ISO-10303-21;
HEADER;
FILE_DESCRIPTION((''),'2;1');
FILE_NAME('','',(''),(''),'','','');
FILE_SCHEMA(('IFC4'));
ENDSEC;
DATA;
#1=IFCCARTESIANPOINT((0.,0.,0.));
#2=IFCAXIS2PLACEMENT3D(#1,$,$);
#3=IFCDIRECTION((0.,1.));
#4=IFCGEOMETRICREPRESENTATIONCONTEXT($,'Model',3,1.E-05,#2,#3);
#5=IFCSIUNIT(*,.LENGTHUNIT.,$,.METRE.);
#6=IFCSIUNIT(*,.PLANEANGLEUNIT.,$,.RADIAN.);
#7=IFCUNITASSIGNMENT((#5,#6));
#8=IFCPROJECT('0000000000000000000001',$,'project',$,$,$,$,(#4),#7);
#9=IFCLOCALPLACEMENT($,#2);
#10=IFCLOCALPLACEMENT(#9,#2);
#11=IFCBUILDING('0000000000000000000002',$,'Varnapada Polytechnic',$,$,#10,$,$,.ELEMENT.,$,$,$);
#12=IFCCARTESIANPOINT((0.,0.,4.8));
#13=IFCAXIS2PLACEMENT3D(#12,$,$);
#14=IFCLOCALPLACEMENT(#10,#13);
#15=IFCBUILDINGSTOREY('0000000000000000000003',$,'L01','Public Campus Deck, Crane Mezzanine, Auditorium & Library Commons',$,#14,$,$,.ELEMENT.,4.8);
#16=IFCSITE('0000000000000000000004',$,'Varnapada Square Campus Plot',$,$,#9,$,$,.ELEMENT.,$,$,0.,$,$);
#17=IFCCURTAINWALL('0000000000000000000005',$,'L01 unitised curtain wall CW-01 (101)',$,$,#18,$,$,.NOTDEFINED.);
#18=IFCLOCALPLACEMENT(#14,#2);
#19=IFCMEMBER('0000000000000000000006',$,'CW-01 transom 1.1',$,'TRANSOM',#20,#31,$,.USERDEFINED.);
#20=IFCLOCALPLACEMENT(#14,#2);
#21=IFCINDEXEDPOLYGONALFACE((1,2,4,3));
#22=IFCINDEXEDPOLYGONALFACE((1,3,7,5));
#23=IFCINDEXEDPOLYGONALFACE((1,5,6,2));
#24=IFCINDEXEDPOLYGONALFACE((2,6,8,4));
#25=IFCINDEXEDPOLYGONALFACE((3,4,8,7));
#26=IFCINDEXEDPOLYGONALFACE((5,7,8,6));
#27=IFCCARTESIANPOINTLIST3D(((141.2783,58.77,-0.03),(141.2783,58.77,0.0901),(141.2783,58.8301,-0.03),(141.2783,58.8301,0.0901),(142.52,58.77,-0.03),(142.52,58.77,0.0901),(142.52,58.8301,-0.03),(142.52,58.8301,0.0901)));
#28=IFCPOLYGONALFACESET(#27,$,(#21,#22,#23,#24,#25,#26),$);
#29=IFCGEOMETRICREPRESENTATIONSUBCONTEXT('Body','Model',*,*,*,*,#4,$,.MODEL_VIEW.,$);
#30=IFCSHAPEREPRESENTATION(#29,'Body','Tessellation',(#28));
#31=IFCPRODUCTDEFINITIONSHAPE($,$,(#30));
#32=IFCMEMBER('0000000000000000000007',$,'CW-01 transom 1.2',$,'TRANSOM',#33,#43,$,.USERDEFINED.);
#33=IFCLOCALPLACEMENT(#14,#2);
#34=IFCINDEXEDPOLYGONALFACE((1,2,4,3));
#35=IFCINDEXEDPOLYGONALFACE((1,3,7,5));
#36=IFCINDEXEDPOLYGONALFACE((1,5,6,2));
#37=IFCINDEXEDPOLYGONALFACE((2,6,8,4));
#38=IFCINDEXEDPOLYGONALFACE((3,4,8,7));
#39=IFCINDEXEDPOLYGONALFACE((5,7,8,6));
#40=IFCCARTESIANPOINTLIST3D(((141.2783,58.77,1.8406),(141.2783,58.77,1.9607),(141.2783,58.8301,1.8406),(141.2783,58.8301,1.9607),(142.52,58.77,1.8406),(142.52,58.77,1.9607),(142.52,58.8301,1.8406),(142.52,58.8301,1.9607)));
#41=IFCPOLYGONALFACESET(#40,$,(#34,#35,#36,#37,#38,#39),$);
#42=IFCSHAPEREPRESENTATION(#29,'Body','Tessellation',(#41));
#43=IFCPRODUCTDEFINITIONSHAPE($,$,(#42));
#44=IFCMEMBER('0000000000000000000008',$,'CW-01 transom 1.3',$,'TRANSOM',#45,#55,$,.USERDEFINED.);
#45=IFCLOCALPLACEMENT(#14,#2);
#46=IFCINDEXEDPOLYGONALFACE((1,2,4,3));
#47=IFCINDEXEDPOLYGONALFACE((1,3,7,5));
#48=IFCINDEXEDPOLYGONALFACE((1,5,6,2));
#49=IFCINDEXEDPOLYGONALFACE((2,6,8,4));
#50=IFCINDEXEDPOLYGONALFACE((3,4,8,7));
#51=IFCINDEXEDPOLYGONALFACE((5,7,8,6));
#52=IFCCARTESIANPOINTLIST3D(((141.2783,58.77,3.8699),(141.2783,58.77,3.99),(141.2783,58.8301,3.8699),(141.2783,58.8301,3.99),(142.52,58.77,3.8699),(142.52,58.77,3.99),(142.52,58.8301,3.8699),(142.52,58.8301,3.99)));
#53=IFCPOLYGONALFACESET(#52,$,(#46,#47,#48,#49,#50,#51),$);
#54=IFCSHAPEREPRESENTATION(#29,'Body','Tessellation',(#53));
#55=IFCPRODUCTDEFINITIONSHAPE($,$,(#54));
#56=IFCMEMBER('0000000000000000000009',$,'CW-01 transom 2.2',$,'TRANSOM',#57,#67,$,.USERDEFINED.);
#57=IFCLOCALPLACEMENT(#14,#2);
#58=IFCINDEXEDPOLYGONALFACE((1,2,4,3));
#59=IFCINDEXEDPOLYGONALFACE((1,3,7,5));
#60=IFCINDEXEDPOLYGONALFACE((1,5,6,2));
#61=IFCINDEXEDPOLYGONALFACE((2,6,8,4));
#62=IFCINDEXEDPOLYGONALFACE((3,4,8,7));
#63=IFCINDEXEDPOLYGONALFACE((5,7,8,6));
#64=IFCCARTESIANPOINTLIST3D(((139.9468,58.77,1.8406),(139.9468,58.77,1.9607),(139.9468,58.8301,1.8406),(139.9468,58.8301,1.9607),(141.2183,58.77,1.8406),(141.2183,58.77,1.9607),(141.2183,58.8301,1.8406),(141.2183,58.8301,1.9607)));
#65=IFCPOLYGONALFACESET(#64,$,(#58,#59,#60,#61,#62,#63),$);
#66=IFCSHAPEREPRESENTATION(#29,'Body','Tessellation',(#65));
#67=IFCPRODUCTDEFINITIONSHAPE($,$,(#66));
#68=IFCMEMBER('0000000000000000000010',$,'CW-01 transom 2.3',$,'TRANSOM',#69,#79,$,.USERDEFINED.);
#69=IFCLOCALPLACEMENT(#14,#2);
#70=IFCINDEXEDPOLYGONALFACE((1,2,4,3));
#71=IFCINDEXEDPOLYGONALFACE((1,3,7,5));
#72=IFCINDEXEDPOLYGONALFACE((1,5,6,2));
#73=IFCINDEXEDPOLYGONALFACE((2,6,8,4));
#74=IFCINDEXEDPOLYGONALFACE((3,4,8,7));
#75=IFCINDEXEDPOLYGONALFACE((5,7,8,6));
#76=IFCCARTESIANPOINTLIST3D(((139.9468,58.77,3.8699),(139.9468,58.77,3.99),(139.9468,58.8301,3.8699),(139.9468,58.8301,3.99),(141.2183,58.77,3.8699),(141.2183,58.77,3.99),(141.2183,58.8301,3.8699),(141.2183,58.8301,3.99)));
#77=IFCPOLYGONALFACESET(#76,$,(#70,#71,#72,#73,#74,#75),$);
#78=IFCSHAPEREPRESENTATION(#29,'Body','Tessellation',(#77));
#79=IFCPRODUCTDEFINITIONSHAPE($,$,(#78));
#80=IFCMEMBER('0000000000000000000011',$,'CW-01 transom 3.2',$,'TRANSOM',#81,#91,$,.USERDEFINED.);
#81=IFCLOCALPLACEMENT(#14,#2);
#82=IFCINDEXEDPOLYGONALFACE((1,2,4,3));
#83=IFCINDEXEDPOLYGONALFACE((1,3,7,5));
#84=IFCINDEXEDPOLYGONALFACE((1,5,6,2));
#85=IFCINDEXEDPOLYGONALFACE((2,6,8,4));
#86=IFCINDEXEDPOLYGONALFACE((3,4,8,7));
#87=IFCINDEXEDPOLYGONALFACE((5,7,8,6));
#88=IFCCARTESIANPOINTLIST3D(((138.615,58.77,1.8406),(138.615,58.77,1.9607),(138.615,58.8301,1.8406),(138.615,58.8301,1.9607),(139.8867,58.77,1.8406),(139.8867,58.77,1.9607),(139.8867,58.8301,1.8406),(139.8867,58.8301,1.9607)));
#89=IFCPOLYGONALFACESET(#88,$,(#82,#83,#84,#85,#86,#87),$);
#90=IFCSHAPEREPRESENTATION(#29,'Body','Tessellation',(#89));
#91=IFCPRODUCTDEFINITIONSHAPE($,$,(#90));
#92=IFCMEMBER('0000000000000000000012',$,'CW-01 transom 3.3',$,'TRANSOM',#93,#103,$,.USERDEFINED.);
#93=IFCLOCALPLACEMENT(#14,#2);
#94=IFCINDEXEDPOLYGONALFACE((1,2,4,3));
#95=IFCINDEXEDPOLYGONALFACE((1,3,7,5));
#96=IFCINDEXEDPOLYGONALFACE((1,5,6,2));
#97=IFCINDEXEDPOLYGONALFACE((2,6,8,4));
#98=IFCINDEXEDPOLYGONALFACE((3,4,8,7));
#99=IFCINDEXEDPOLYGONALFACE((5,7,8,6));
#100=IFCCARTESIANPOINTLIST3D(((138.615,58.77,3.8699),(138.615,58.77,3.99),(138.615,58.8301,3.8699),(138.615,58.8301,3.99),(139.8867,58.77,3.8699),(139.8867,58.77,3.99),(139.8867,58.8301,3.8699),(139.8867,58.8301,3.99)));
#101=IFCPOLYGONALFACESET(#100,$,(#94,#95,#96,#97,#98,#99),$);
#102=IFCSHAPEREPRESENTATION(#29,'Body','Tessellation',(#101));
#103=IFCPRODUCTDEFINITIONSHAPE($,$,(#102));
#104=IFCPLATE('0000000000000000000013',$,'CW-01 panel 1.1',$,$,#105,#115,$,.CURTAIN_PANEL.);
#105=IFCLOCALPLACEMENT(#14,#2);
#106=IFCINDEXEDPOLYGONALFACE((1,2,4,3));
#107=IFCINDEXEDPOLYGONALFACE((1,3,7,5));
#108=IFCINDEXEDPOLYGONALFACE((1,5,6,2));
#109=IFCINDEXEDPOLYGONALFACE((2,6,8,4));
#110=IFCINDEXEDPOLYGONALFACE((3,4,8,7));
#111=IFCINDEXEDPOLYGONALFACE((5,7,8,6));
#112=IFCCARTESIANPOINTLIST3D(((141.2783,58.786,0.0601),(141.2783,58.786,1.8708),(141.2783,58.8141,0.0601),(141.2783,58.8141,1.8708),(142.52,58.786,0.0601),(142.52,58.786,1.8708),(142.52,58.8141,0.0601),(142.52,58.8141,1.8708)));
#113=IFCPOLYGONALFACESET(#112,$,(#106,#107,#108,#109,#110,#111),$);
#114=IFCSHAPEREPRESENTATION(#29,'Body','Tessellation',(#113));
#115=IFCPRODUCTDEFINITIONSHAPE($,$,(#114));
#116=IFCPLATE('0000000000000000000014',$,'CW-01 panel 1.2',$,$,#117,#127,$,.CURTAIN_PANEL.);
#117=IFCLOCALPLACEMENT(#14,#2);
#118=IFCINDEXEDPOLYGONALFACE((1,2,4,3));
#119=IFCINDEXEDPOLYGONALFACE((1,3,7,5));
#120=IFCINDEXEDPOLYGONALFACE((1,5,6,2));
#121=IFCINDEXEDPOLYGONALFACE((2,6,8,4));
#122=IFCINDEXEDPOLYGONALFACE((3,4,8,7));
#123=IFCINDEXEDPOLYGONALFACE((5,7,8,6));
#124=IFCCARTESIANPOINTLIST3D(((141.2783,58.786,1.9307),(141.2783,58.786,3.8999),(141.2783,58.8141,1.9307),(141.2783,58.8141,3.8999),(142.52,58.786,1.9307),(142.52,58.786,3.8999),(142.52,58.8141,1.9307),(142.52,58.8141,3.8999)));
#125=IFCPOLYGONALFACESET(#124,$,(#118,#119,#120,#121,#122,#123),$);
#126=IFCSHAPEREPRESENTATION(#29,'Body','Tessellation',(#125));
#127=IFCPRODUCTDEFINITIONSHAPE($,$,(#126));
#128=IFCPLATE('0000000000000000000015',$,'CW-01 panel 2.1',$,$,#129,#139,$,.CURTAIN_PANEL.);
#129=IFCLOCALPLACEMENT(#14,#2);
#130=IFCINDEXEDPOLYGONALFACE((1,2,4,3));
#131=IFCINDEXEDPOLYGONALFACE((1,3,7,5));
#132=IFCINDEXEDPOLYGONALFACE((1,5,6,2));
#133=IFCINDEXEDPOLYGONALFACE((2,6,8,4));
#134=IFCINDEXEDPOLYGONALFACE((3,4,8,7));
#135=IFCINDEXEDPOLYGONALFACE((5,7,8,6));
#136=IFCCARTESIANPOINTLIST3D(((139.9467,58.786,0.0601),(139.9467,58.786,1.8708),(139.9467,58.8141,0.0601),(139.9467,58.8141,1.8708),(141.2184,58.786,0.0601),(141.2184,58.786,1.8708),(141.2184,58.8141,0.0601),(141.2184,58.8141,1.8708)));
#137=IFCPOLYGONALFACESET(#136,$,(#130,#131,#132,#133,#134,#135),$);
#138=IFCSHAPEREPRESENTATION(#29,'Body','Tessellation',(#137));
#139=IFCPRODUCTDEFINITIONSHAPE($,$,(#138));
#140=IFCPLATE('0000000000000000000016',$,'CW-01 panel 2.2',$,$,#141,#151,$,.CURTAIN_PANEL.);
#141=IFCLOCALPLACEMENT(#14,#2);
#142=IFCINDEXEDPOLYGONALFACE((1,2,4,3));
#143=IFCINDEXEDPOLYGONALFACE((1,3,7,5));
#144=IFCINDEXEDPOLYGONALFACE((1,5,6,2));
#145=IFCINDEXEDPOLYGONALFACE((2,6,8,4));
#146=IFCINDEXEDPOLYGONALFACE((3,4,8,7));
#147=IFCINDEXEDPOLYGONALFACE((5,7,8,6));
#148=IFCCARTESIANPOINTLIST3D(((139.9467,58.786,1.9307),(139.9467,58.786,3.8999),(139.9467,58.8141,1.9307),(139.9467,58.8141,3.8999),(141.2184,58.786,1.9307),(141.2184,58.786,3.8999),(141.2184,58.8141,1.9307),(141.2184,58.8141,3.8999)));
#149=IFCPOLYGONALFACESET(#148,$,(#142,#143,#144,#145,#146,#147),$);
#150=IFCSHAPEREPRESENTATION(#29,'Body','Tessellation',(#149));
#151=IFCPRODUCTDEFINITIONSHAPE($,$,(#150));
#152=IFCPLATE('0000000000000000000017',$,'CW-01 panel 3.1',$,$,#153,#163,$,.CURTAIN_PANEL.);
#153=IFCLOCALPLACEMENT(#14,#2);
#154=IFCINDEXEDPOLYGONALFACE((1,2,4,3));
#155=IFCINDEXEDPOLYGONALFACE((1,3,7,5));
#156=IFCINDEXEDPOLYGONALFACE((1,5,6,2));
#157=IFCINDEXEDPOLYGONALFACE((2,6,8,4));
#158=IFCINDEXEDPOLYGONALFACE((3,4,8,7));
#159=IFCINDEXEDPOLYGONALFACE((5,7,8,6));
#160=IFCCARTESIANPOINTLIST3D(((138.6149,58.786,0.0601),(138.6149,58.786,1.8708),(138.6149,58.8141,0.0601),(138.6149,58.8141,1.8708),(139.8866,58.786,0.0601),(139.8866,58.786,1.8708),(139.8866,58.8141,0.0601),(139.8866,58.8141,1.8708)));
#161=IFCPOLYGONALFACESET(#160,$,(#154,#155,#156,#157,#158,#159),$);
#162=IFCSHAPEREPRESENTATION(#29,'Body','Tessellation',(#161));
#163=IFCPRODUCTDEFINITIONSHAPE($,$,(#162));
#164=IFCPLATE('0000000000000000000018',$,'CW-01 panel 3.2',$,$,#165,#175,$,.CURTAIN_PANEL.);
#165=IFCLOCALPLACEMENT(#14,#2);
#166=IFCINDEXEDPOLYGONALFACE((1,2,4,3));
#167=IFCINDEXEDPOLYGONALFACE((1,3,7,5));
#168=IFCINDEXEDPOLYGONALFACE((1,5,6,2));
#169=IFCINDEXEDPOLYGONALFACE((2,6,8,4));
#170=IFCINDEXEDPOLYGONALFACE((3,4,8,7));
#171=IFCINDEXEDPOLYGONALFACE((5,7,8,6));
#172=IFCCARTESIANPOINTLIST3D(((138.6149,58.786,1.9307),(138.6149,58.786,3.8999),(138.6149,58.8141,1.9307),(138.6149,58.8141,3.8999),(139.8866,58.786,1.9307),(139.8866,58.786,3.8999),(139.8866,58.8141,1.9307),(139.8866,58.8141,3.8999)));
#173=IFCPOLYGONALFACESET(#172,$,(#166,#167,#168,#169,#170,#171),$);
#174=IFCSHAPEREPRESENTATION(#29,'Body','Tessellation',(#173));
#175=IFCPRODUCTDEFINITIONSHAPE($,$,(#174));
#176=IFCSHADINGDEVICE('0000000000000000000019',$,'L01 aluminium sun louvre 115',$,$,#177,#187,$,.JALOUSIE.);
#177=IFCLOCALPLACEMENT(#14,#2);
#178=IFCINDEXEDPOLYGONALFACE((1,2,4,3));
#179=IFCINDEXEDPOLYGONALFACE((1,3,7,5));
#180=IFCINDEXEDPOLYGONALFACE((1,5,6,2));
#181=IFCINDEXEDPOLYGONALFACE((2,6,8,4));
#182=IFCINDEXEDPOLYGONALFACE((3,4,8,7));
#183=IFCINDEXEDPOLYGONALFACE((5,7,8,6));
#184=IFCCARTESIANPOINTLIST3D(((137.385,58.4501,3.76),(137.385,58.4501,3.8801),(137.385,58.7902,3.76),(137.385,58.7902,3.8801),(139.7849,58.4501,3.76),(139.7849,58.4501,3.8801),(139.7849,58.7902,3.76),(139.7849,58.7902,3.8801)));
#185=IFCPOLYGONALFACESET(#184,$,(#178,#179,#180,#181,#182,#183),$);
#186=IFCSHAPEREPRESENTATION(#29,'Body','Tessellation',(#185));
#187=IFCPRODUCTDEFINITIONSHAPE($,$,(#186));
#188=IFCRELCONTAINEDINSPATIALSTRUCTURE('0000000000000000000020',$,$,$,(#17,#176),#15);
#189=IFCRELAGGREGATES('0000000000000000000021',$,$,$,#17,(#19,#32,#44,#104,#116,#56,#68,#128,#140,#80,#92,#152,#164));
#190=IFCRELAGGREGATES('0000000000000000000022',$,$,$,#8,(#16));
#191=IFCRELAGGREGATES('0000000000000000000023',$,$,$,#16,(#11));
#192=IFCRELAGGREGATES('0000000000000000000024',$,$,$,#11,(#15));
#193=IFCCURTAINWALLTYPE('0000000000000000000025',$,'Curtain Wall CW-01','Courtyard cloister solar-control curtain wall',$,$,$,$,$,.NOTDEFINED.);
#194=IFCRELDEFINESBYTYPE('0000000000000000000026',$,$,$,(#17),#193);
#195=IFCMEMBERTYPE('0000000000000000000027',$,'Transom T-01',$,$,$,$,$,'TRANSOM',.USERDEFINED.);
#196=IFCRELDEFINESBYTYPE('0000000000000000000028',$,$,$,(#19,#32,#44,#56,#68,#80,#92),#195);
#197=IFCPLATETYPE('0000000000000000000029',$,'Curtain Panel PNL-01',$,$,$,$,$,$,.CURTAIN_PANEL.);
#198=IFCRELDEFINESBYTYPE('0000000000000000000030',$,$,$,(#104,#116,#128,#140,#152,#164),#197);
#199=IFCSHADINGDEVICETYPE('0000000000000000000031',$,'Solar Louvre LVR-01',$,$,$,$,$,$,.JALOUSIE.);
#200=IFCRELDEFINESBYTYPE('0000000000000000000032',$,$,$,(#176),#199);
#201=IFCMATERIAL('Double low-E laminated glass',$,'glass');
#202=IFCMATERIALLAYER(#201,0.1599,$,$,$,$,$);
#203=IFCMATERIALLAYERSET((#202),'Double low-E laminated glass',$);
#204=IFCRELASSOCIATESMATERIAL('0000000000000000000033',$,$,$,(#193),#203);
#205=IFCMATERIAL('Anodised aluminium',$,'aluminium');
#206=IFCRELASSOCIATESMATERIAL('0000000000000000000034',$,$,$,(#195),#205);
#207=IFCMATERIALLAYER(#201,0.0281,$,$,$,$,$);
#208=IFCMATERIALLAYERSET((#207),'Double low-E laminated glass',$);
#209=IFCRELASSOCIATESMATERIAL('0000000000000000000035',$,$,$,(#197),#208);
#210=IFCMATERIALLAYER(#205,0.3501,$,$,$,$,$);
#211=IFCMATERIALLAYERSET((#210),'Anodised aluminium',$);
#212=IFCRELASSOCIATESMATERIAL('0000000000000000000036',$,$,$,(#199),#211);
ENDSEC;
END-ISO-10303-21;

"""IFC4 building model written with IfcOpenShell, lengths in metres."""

from ifc_helpers import new_model, si_unit, direction, frame, origin, origin_2d, place, context, subcontext, project, spatial, rectangle, extrude, material, layer, layer_set, material_profile, profile_set, type_object, element, aggregate, save


model = new_model("IFC4")

# Units and contexts
model_context = context("Model", 3, precision=1e-05, world=origin(), true_north=direction((0.0, 1.0)))
body_context = subcontext(model_context, "Body", "Model", "MODEL_VIEW")
ifc_project = project(units=[si_unit("LENGTHUNIT", "METRE"), si_unit("PLANEANGLEUNIT", "RADIAN")], contexts=[model_context])

# Site, building, storey
site_placement = place(None, origin())
site = spatial("IfcSite", under=ifc_project, at=site_placement, Name="Varnapada Square Campus Plot", CompositionType="ELEMENT", RefElevation=0.0)
building_placement = place(site_placement, origin())
building = spatial("IfcBuilding", under=site, at=building_placement, Name="Varnapada Polytechnic", CompositionType="ELEMENT")
storey_placement = place(building_placement, frame((0.0, 0.0, 4.8)))
storey = spatial("IfcBuildingStorey", under=building, at=storey_placement, Name="L01", Description="Public Campus Deck, Crane Mezzanine, Auditorium & Library Commons", CompositionType="ELEMENT", Elevation=4.8)

# Curtain wall, members, plates
ifc_material_1 = material(Name="Double low-E laminated glass", Category="glass")
ifc_layer_1 = layer(ifc_material_1, 0.1599)
ifc_layer_set_1 = layer_set([ifc_layer_1], Name="Double low-E laminated glass")
curtain_wall_type = type_object("IfcCurtainWallType", Name="Curtain Wall CW-01", Description="Courtyard cloister solar-control curtain wall", PredefinedType="NOTDEFINED", material=ifc_layer_set_1)
curtain_wall_placement = place(storey_placement, origin())
curtain_wall = element("IfcCurtainWall", 1, at=curtain_wall_placement, inside=storey, type_object=curtain_wall_type, Name="L01 unitised curtain wall CW-01 (101)", PredefinedType="NOTDEFINED")
ifc_material_2 = material(Name="Anodised aluminium", Category="aluminium")
ifc_material_profile = material_profile(ifc_material_2, rectangle(XDim=0.0601, YDim=0.1201, at=origin_2d()), Name="ALU T60x120")
ifc_profile_set = profile_set([ifc_material_profile], Name="Anodised aluminium")
member_type = type_object("IfcMemberType", Name="Transom T-01", ElementType="TRANSOM", PredefinedType="USERDEFINED", material=ifc_profile_set)
member_1_placement = place(storey_placement, frame((142.52, 58.8, 0.03), z_axis=(-1.0, 0.0, 0.0), x_axis=(0.0, -1.0, 0.0)))
member_1 = element("IfcMember", 2, at=member_1_placement, type_object=member_type, Name="CW-01 transom 1.1", ObjectType="TRANSOM", PredefinedType="USERDEFINED", context=body_context, shape_type="SweptSolid", body=[
    extrude(rectangle(XDim=0.0601, YDim=0.1201, at=origin_2d()), origin(), (0.0, 0.0, 1.0), 1.2417),
])
member_2_placement = place(storey_placement, frame((142.52, 58.8, 1.9006), z_axis=(-1.0, 0.0, 0.0), x_axis=(0.0, -1.0, 0.0)))
member_2 = element("IfcMember", 3, at=member_2_placement, type_object=member_type, Name="CW-01 transom 1.2", ObjectType="TRANSOM", PredefinedType="USERDEFINED", context=body_context, shape_type="SweptSolid", body=[
    extrude(rectangle(XDim=0.0601, YDim=0.1201, at=origin_2d()), origin(), (0.0, 0.0, 1.0), 1.2417),
])
member_3_placement = place(storey_placement, frame((142.52, 58.8, 3.9299), z_axis=(-1.0, 0.0, 0.0), x_axis=(0.0, -1.0, 0.0)))
member_3 = element("IfcMember", 4, at=member_3_placement, type_object=member_type, Name="CW-01 transom 1.3", ObjectType="TRANSOM", PredefinedType="USERDEFINED", context=body_context, shape_type="SweptSolid", body=[
    extrude(rectangle(XDim=0.0601, YDim=0.1201, at=origin_2d()), origin(), (0.0, 0.0, 1.0), 1.2417),
])
member_4_placement = place(storey_placement, frame((141.2183, 58.8, 1.9006), z_axis=(-1.0, 0.0, 0.0), x_axis=(0.0, -1.0, 0.0)))
member_4 = element("IfcMember", 5, at=member_4_placement, type_object=member_type, Name="CW-01 transom 2.2", ObjectType="TRANSOM", PredefinedType="USERDEFINED", context=body_context, shape_type="SweptSolid", body=[
    extrude(rectangle(XDim=0.0601, YDim=0.1201, at=origin_2d()), origin(), (0.0, 0.0, 1.0), 1.2715),
])
member_5_placement = place(storey_placement, frame((141.2183, 58.8, 3.9299), z_axis=(-1.0, 0.0, 0.0), x_axis=(0.0, -1.0, 0.0)))
member_5 = element("IfcMember", 6, at=member_5_placement, type_object=member_type, Name="CW-01 transom 2.3", ObjectType="TRANSOM", PredefinedType="USERDEFINED", context=body_context, shape_type="SweptSolid", body=[
    extrude(rectangle(XDim=0.0601, YDim=0.1201, at=origin_2d()), origin(), (0.0, 0.0, 1.0), 1.2715),
])
member_6_placement = place(storey_placement, frame((139.8867, 58.8, 1.9006), z_axis=(-1.0, 0.0, 0.0), x_axis=(0.0, -1.0, 0.0)))
member_6 = element("IfcMember", 7, at=member_6_placement, type_object=member_type, Name="CW-01 transom 3.2", ObjectType="TRANSOM", PredefinedType="USERDEFINED", context=body_context, shape_type="SweptSolid", body=[
    extrude(rectangle(XDim=0.0601, YDim=0.1201, at=origin_2d()), origin(), (0.0, 0.0, 1.0), 1.2717),
])
member_7_placement = place(storey_placement, frame((139.8867, 58.8, 3.9299), z_axis=(-1.0, 0.0, 0.0), x_axis=(0.0, -1.0, 0.0)))
member_7 = element("IfcMember", 8, at=member_7_placement, type_object=member_type, Name="CW-01 transom 3.3", ObjectType="TRANSOM", PredefinedType="USERDEFINED", context=body_context, shape_type="SweptSolid", body=[
    extrude(rectangle(XDim=0.0601, YDim=0.1201, at=origin_2d()), origin(), (0.0, 0.0, 1.0), 1.2717),
])
ifc_layer_2 = layer(ifc_material_1, 0.0281)
ifc_layer_set_2 = layer_set([ifc_layer_2], Name="Double low-E laminated glass")
plate_type = type_object("IfcPlateType", Name="Curtain Panel PNL-01", PredefinedType="CURTAIN_PANEL", material=ifc_layer_set_2)
plate_1_placement = place(storey_placement, frame((141.8992, 58.8, 0.0601), z_axis=(0.0, 0.0, 1.0), x_axis=(-1.0, 0.0, 0.0)))
plate_1 = element("IfcPlate", 9, at=plate_1_placement, type_object=plate_type, Name="CW-01 panel 1.1", PredefinedType="CURTAIN_PANEL", context=body_context, shape_type="SweptSolid", body=[
    extrude(rectangle(XDim=1.2417, YDim=0.0281, at=origin_2d()), origin(), (0.0, 0.0, 1.0), 1.8108),
])
plate_2_placement = place(storey_placement, frame((141.8992, 58.8, 1.9307), z_axis=(0.0, 0.0, 1.0), x_axis=(-1.0, 0.0, 0.0)))
plate_2 = element("IfcPlate", 10, at=plate_2_placement, type_object=plate_type, Name="CW-01 panel 1.2", PredefinedType="CURTAIN_PANEL", context=body_context, shape_type="SweptSolid", body=[
    extrude(rectangle(XDim=1.2417, YDim=0.0281, at=origin_2d()), origin(), (0.0, 0.0, 1.0), 1.9692),
])
plate_3_placement = place(storey_placement, frame((140.5825, 58.8, 0.0601), z_axis=(0.0, 0.0, 1.0), x_axis=(-1.0, 0.0, 0.0)))
plate_3 = element("IfcPlate", 11, at=plate_3_placement, type_object=plate_type, Name="CW-01 panel 2.1", PredefinedType="CURTAIN_PANEL", context=body_context, shape_type="SweptSolid", body=[
    extrude(rectangle(XDim=1.2717, YDim=0.0281, at=origin_2d()), origin(), (0.0, 0.0, 1.0), 1.8108),
])
plate_4_placement = place(storey_placement, frame((140.5825, 58.8, 1.9307), z_axis=(0.0, 0.0, 1.0), x_axis=(-1.0, 0.0, 0.0)))
plate_4 = element("IfcPlate", 12, at=plate_4_placement, type_object=plate_type, Name="CW-01 panel 2.2", PredefinedType="CURTAIN_PANEL", context=body_context, shape_type="SweptSolid", body=[
    extrude(rectangle(XDim=1.2717, YDim=0.0281, at=origin_2d()), origin(), (0.0, 0.0, 1.0), 1.9692),
])
plate_5_placement = place(storey_placement, frame((139.2507, 58.8, 0.0601), z_axis=(0.0, 0.0, 1.0), x_axis=(-1.0, 0.0, 0.0)))
plate_5 = element("IfcPlate", 13, at=plate_5_placement, type_object=plate_type, Name="CW-01 panel 3.1", PredefinedType="CURTAIN_PANEL", context=body_context, shape_type="SweptSolid", body=[
    extrude(rectangle(XDim=1.2717, YDim=0.0281, at=origin_2d()), origin(), (0.0, 0.0, 1.0), 1.8108),
])
plate_6_placement = place(storey_placement, frame((139.2507, 58.8, 1.9307), z_axis=(0.0, 0.0, 1.0), x_axis=(-1.0, 0.0, 0.0)))
plate_6 = element("IfcPlate", 14, at=plate_6_placement, type_object=plate_type, Name="CW-01 panel 3.2", PredefinedType="CURTAIN_PANEL", context=body_context, shape_type="SweptSolid", body=[
    extrude(rectangle(XDim=1.2717, YDim=0.0281, at=origin_2d()), origin(), (0.0, 0.0, 1.0), 1.9692),
])
aggregate(curtain_wall, [member_1, member_2, member_3, plate_1, plate_2, member_4, member_5, plate_3, plate_4, member_6, member_7, plate_5, plate_6])

# Shading device
ifc_layer_3 = layer(ifc_material_2, 0.3501)
ifc_layer_set_3 = layer_set([ifc_layer_3], Name="Anodised aluminium")
shading_device_type = type_object("IfcShadingDeviceType", Name="Solar Louvre LVR-01", PredefinedType="JALOUSIE", material=ifc_layer_set_3)
shading_device_placement = place(storey_placement, frame((138.585, 58.6201, 3.76), z_axis=(0.0, 0.0, 1.0), x_axis=(-1.0, 0.0, 0.0)))
element("IfcShadingDevice", 15, at=shading_device_placement, inside=storey, type_object=shading_device_type, Name="L01 aluminium sun louvre 115", PredefinedType="JALOUSIE", context=body_context, shape_type="SweptSolid", body=[
    extrude(rectangle(XDim=2.3999, YDim=0.3401, at=origin_2d()), origin(), (0.0, 0.0, 1.0), 0.1201),
])

save(model, "model.ifc")
